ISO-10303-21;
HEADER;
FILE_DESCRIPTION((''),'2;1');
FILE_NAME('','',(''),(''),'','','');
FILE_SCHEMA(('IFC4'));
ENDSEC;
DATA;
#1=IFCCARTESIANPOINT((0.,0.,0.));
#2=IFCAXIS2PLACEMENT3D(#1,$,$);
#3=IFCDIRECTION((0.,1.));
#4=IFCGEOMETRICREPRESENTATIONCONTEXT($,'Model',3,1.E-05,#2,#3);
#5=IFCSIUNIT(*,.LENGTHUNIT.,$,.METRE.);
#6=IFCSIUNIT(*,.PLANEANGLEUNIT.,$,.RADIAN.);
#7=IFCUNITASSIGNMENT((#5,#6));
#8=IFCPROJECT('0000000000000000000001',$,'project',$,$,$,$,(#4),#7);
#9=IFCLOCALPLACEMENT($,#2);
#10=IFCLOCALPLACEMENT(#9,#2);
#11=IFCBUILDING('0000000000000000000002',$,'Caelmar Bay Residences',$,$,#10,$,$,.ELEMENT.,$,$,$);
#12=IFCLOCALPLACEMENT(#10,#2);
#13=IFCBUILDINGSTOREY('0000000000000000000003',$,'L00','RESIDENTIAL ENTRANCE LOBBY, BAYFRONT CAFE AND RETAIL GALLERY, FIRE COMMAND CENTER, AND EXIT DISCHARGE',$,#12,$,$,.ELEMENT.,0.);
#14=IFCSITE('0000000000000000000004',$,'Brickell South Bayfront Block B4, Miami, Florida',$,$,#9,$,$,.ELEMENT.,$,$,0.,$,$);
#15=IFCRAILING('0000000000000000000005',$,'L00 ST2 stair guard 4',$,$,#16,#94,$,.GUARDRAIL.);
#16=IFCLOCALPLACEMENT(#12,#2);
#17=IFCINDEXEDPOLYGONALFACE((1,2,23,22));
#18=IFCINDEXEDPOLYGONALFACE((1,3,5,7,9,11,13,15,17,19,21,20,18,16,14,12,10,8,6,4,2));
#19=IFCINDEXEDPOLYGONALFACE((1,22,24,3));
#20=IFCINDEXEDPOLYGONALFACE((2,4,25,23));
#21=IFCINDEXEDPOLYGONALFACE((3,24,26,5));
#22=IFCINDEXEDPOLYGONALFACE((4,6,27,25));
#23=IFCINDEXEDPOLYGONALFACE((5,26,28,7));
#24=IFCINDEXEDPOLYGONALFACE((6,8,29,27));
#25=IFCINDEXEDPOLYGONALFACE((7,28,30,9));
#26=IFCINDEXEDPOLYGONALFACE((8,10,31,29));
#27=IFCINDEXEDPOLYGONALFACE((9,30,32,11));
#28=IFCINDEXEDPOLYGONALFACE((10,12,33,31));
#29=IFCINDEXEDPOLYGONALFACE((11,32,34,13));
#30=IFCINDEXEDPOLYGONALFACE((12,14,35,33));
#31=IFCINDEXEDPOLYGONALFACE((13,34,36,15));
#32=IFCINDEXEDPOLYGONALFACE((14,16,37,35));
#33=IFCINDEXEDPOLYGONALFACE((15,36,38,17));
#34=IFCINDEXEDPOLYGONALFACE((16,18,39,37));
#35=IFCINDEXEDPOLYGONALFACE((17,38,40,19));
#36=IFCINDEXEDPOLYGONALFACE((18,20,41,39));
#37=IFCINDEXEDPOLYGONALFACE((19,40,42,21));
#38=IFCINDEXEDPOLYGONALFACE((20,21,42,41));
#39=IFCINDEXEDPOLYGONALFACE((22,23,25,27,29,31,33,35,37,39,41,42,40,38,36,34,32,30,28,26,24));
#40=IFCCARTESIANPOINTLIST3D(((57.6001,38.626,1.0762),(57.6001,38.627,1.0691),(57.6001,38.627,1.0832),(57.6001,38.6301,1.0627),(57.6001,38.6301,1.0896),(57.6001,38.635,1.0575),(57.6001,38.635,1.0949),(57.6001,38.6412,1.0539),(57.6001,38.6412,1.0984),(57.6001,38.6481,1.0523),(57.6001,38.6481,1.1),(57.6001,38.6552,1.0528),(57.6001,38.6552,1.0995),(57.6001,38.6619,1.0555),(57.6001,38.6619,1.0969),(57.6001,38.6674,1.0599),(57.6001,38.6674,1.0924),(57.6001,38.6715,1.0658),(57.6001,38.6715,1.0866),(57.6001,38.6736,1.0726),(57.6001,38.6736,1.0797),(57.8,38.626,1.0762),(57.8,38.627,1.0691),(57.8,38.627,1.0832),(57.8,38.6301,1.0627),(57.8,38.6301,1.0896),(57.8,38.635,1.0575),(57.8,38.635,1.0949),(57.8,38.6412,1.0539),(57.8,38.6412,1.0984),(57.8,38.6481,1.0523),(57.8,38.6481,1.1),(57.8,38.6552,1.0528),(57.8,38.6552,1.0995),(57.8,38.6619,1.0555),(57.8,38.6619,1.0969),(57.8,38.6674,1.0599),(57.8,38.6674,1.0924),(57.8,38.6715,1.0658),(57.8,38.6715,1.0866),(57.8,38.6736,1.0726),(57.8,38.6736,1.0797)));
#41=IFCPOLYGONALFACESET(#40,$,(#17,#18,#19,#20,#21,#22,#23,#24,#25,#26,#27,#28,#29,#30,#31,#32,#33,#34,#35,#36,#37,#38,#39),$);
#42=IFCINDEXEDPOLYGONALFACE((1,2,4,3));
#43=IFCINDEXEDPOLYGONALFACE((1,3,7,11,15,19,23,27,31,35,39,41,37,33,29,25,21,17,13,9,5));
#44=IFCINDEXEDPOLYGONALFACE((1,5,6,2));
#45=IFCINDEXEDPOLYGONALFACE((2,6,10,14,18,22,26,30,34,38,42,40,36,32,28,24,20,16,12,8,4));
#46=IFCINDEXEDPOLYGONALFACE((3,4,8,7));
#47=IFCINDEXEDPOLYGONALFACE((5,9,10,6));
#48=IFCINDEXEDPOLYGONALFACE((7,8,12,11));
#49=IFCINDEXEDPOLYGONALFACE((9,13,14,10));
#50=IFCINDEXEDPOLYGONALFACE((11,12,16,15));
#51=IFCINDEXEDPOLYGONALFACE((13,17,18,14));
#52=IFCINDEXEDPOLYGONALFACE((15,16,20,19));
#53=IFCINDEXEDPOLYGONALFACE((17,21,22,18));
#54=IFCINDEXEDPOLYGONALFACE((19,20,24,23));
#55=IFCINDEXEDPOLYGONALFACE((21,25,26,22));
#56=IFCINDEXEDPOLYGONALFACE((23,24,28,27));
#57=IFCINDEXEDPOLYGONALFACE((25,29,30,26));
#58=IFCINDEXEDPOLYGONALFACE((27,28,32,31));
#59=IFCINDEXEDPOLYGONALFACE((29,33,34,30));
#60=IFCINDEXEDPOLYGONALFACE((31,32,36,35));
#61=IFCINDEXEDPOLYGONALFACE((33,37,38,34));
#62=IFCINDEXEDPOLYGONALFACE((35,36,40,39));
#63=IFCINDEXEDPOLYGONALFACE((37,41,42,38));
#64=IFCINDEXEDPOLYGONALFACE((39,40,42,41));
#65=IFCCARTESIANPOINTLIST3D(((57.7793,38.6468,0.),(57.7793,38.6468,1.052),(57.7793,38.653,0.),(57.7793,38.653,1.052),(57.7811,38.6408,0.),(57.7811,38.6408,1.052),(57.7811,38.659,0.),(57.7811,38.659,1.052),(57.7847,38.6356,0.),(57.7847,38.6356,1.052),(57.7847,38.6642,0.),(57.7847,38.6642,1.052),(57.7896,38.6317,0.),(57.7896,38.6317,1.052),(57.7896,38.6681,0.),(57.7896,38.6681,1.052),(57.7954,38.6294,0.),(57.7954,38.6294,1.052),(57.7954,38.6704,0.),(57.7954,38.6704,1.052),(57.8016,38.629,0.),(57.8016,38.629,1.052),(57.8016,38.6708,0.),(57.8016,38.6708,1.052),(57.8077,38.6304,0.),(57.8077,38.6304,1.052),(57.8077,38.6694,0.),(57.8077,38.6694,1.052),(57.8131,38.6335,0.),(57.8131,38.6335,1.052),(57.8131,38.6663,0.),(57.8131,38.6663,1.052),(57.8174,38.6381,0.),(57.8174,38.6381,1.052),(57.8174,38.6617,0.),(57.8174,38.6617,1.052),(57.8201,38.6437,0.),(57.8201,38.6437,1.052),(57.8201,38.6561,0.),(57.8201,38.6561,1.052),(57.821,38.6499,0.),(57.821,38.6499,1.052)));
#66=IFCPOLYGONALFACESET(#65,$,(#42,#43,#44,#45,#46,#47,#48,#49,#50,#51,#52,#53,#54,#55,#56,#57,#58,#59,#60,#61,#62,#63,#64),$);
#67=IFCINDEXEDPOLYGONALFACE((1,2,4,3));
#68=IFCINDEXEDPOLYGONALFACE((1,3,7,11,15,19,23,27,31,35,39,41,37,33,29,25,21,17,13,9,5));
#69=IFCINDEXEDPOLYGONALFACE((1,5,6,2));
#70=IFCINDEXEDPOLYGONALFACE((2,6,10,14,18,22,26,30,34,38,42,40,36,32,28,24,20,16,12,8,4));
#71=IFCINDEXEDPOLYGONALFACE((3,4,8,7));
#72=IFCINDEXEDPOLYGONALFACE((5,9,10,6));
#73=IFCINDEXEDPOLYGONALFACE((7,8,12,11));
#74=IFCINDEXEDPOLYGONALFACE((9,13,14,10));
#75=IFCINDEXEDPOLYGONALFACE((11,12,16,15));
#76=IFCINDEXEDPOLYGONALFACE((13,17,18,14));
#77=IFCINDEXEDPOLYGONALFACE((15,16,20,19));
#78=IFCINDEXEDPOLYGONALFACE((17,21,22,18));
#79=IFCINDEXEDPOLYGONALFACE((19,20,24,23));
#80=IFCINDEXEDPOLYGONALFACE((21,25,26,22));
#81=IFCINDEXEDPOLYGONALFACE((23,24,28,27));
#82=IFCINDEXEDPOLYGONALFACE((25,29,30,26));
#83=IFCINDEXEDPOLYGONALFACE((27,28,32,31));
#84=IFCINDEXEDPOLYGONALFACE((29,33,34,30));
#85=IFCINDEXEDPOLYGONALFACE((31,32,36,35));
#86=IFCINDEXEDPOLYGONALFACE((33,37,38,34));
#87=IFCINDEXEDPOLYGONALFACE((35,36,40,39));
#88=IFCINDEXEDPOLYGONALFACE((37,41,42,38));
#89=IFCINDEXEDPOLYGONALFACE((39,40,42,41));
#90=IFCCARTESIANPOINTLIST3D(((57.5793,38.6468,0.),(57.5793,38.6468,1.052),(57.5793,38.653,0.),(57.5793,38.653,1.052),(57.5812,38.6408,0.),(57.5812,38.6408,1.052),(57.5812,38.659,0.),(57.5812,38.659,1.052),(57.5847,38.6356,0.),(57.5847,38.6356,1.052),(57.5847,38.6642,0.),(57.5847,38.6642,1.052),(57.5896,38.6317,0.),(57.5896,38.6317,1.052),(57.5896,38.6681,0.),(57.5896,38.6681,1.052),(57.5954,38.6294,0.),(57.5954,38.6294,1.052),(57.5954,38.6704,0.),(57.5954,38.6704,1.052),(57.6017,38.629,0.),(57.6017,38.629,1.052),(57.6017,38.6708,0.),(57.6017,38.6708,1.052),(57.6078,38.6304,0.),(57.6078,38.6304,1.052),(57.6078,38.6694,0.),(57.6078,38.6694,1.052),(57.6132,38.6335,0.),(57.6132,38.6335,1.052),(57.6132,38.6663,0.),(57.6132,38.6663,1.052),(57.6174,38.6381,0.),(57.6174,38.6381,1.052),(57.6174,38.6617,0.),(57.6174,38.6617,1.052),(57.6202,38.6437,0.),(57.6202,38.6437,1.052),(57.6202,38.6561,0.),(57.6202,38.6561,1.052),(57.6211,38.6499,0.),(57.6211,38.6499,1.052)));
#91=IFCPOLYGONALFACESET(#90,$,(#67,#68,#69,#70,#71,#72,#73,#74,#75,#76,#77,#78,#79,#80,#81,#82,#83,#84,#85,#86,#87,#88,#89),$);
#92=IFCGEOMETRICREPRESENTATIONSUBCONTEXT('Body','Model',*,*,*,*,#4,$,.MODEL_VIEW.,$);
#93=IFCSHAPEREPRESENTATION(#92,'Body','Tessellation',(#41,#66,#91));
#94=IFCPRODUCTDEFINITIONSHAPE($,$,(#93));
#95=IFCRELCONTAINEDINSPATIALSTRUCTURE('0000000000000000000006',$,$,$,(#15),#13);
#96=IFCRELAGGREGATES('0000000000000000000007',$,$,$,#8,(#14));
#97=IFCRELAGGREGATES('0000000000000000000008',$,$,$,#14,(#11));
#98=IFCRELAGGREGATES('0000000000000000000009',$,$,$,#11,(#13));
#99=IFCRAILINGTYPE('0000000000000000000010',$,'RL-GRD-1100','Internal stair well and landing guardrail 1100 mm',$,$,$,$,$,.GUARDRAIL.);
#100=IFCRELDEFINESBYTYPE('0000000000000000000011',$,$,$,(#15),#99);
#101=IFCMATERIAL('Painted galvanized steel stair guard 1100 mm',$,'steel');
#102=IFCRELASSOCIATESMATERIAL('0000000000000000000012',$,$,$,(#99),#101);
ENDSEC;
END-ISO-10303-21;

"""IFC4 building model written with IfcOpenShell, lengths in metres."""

from ifc_helpers import new_model, si_unit, direction, frame, origin, origin_2d, place, context, subcontext, project, spatial, circle, extrude, material, type_object, element, save


model = new_model("IFC4")

# Units and contexts
model_context = context("Model", 3, precision=1e-05, world=origin(), true_north=direction((0.0, 1.0)))
body_context = subcontext(model_context, "Body", "Model", "MODEL_VIEW")
ifc_project = project(units=[si_unit("LENGTHUNIT", "METRE"), si_unit("PLANEANGLEUNIT", "RADIAN")], contexts=[model_context])

# Site, building, storey
site_placement = place(None, origin())
site = spatial("IfcSite", under=ifc_project, at=site_placement, Name="Brickell South Bayfront Block B4, Miami, Florida", CompositionType="ELEMENT", RefElevation=0.0)
building_placement = place(site_placement, origin())
building = spatial("IfcBuilding", under=site, at=building_placement, Name="Caelmar Bay Residences", CompositionType="ELEMENT")
storey_placement = place(building_placement, origin())
storey = spatial("IfcBuildingStorey", under=building, at=storey_placement, Name="L00", Description="RESIDENTIAL ENTRANCE LOBBY, BAYFRONT CAFE AND RETAIL GALLERY, FIRE COMMAND CENTER, AND EXIT DISCHARGE", CompositionType="ELEMENT", Elevation=0.0)

# Railing
ifc_material_1 = material(Name="Painted galvanized steel stair guard 1100 mm", Category="steel")
railing_type_1 = type_object("IfcRailingType", Name="RL-GRD-1100", Description="Internal stair well and landing guardrail 1100 mm", PredefinedType="GUARDRAIL", material=ifc_material_1)
railing_1_placement = place(storey_placement, frame((57.8, 38.6499, 0.0)))
element("IfcRailing", 1, at=railing_1_placement, inside=storey, type_object=railing_type_1, Name="L00 ST2 stair guard 4", PredefinedType="GUARDRAIL", context=body_context, shape_type="SweptSolid", body=[
    extrude(circle(Radius=0.0239, at=origin_2d()), frame((0.0, 0.0, 1.0762), z_axis=(-1.0, 0.0, 0.0), x_axis=(0.0, -1.0, 0.0)), (0.0, 0.0, 1.0), 0.2),
    extrude(circle(Radius=0.021, at=origin_2d()), origin(), (0.0, 0.0, 1.0), 1.052),
    extrude(circle(Radius=0.021, at=origin_2d()), frame((-0.2, 0.0, 0.0)), (0.0, 0.0, 1.0), 1.052),
])

save(model, "model.ifc")
